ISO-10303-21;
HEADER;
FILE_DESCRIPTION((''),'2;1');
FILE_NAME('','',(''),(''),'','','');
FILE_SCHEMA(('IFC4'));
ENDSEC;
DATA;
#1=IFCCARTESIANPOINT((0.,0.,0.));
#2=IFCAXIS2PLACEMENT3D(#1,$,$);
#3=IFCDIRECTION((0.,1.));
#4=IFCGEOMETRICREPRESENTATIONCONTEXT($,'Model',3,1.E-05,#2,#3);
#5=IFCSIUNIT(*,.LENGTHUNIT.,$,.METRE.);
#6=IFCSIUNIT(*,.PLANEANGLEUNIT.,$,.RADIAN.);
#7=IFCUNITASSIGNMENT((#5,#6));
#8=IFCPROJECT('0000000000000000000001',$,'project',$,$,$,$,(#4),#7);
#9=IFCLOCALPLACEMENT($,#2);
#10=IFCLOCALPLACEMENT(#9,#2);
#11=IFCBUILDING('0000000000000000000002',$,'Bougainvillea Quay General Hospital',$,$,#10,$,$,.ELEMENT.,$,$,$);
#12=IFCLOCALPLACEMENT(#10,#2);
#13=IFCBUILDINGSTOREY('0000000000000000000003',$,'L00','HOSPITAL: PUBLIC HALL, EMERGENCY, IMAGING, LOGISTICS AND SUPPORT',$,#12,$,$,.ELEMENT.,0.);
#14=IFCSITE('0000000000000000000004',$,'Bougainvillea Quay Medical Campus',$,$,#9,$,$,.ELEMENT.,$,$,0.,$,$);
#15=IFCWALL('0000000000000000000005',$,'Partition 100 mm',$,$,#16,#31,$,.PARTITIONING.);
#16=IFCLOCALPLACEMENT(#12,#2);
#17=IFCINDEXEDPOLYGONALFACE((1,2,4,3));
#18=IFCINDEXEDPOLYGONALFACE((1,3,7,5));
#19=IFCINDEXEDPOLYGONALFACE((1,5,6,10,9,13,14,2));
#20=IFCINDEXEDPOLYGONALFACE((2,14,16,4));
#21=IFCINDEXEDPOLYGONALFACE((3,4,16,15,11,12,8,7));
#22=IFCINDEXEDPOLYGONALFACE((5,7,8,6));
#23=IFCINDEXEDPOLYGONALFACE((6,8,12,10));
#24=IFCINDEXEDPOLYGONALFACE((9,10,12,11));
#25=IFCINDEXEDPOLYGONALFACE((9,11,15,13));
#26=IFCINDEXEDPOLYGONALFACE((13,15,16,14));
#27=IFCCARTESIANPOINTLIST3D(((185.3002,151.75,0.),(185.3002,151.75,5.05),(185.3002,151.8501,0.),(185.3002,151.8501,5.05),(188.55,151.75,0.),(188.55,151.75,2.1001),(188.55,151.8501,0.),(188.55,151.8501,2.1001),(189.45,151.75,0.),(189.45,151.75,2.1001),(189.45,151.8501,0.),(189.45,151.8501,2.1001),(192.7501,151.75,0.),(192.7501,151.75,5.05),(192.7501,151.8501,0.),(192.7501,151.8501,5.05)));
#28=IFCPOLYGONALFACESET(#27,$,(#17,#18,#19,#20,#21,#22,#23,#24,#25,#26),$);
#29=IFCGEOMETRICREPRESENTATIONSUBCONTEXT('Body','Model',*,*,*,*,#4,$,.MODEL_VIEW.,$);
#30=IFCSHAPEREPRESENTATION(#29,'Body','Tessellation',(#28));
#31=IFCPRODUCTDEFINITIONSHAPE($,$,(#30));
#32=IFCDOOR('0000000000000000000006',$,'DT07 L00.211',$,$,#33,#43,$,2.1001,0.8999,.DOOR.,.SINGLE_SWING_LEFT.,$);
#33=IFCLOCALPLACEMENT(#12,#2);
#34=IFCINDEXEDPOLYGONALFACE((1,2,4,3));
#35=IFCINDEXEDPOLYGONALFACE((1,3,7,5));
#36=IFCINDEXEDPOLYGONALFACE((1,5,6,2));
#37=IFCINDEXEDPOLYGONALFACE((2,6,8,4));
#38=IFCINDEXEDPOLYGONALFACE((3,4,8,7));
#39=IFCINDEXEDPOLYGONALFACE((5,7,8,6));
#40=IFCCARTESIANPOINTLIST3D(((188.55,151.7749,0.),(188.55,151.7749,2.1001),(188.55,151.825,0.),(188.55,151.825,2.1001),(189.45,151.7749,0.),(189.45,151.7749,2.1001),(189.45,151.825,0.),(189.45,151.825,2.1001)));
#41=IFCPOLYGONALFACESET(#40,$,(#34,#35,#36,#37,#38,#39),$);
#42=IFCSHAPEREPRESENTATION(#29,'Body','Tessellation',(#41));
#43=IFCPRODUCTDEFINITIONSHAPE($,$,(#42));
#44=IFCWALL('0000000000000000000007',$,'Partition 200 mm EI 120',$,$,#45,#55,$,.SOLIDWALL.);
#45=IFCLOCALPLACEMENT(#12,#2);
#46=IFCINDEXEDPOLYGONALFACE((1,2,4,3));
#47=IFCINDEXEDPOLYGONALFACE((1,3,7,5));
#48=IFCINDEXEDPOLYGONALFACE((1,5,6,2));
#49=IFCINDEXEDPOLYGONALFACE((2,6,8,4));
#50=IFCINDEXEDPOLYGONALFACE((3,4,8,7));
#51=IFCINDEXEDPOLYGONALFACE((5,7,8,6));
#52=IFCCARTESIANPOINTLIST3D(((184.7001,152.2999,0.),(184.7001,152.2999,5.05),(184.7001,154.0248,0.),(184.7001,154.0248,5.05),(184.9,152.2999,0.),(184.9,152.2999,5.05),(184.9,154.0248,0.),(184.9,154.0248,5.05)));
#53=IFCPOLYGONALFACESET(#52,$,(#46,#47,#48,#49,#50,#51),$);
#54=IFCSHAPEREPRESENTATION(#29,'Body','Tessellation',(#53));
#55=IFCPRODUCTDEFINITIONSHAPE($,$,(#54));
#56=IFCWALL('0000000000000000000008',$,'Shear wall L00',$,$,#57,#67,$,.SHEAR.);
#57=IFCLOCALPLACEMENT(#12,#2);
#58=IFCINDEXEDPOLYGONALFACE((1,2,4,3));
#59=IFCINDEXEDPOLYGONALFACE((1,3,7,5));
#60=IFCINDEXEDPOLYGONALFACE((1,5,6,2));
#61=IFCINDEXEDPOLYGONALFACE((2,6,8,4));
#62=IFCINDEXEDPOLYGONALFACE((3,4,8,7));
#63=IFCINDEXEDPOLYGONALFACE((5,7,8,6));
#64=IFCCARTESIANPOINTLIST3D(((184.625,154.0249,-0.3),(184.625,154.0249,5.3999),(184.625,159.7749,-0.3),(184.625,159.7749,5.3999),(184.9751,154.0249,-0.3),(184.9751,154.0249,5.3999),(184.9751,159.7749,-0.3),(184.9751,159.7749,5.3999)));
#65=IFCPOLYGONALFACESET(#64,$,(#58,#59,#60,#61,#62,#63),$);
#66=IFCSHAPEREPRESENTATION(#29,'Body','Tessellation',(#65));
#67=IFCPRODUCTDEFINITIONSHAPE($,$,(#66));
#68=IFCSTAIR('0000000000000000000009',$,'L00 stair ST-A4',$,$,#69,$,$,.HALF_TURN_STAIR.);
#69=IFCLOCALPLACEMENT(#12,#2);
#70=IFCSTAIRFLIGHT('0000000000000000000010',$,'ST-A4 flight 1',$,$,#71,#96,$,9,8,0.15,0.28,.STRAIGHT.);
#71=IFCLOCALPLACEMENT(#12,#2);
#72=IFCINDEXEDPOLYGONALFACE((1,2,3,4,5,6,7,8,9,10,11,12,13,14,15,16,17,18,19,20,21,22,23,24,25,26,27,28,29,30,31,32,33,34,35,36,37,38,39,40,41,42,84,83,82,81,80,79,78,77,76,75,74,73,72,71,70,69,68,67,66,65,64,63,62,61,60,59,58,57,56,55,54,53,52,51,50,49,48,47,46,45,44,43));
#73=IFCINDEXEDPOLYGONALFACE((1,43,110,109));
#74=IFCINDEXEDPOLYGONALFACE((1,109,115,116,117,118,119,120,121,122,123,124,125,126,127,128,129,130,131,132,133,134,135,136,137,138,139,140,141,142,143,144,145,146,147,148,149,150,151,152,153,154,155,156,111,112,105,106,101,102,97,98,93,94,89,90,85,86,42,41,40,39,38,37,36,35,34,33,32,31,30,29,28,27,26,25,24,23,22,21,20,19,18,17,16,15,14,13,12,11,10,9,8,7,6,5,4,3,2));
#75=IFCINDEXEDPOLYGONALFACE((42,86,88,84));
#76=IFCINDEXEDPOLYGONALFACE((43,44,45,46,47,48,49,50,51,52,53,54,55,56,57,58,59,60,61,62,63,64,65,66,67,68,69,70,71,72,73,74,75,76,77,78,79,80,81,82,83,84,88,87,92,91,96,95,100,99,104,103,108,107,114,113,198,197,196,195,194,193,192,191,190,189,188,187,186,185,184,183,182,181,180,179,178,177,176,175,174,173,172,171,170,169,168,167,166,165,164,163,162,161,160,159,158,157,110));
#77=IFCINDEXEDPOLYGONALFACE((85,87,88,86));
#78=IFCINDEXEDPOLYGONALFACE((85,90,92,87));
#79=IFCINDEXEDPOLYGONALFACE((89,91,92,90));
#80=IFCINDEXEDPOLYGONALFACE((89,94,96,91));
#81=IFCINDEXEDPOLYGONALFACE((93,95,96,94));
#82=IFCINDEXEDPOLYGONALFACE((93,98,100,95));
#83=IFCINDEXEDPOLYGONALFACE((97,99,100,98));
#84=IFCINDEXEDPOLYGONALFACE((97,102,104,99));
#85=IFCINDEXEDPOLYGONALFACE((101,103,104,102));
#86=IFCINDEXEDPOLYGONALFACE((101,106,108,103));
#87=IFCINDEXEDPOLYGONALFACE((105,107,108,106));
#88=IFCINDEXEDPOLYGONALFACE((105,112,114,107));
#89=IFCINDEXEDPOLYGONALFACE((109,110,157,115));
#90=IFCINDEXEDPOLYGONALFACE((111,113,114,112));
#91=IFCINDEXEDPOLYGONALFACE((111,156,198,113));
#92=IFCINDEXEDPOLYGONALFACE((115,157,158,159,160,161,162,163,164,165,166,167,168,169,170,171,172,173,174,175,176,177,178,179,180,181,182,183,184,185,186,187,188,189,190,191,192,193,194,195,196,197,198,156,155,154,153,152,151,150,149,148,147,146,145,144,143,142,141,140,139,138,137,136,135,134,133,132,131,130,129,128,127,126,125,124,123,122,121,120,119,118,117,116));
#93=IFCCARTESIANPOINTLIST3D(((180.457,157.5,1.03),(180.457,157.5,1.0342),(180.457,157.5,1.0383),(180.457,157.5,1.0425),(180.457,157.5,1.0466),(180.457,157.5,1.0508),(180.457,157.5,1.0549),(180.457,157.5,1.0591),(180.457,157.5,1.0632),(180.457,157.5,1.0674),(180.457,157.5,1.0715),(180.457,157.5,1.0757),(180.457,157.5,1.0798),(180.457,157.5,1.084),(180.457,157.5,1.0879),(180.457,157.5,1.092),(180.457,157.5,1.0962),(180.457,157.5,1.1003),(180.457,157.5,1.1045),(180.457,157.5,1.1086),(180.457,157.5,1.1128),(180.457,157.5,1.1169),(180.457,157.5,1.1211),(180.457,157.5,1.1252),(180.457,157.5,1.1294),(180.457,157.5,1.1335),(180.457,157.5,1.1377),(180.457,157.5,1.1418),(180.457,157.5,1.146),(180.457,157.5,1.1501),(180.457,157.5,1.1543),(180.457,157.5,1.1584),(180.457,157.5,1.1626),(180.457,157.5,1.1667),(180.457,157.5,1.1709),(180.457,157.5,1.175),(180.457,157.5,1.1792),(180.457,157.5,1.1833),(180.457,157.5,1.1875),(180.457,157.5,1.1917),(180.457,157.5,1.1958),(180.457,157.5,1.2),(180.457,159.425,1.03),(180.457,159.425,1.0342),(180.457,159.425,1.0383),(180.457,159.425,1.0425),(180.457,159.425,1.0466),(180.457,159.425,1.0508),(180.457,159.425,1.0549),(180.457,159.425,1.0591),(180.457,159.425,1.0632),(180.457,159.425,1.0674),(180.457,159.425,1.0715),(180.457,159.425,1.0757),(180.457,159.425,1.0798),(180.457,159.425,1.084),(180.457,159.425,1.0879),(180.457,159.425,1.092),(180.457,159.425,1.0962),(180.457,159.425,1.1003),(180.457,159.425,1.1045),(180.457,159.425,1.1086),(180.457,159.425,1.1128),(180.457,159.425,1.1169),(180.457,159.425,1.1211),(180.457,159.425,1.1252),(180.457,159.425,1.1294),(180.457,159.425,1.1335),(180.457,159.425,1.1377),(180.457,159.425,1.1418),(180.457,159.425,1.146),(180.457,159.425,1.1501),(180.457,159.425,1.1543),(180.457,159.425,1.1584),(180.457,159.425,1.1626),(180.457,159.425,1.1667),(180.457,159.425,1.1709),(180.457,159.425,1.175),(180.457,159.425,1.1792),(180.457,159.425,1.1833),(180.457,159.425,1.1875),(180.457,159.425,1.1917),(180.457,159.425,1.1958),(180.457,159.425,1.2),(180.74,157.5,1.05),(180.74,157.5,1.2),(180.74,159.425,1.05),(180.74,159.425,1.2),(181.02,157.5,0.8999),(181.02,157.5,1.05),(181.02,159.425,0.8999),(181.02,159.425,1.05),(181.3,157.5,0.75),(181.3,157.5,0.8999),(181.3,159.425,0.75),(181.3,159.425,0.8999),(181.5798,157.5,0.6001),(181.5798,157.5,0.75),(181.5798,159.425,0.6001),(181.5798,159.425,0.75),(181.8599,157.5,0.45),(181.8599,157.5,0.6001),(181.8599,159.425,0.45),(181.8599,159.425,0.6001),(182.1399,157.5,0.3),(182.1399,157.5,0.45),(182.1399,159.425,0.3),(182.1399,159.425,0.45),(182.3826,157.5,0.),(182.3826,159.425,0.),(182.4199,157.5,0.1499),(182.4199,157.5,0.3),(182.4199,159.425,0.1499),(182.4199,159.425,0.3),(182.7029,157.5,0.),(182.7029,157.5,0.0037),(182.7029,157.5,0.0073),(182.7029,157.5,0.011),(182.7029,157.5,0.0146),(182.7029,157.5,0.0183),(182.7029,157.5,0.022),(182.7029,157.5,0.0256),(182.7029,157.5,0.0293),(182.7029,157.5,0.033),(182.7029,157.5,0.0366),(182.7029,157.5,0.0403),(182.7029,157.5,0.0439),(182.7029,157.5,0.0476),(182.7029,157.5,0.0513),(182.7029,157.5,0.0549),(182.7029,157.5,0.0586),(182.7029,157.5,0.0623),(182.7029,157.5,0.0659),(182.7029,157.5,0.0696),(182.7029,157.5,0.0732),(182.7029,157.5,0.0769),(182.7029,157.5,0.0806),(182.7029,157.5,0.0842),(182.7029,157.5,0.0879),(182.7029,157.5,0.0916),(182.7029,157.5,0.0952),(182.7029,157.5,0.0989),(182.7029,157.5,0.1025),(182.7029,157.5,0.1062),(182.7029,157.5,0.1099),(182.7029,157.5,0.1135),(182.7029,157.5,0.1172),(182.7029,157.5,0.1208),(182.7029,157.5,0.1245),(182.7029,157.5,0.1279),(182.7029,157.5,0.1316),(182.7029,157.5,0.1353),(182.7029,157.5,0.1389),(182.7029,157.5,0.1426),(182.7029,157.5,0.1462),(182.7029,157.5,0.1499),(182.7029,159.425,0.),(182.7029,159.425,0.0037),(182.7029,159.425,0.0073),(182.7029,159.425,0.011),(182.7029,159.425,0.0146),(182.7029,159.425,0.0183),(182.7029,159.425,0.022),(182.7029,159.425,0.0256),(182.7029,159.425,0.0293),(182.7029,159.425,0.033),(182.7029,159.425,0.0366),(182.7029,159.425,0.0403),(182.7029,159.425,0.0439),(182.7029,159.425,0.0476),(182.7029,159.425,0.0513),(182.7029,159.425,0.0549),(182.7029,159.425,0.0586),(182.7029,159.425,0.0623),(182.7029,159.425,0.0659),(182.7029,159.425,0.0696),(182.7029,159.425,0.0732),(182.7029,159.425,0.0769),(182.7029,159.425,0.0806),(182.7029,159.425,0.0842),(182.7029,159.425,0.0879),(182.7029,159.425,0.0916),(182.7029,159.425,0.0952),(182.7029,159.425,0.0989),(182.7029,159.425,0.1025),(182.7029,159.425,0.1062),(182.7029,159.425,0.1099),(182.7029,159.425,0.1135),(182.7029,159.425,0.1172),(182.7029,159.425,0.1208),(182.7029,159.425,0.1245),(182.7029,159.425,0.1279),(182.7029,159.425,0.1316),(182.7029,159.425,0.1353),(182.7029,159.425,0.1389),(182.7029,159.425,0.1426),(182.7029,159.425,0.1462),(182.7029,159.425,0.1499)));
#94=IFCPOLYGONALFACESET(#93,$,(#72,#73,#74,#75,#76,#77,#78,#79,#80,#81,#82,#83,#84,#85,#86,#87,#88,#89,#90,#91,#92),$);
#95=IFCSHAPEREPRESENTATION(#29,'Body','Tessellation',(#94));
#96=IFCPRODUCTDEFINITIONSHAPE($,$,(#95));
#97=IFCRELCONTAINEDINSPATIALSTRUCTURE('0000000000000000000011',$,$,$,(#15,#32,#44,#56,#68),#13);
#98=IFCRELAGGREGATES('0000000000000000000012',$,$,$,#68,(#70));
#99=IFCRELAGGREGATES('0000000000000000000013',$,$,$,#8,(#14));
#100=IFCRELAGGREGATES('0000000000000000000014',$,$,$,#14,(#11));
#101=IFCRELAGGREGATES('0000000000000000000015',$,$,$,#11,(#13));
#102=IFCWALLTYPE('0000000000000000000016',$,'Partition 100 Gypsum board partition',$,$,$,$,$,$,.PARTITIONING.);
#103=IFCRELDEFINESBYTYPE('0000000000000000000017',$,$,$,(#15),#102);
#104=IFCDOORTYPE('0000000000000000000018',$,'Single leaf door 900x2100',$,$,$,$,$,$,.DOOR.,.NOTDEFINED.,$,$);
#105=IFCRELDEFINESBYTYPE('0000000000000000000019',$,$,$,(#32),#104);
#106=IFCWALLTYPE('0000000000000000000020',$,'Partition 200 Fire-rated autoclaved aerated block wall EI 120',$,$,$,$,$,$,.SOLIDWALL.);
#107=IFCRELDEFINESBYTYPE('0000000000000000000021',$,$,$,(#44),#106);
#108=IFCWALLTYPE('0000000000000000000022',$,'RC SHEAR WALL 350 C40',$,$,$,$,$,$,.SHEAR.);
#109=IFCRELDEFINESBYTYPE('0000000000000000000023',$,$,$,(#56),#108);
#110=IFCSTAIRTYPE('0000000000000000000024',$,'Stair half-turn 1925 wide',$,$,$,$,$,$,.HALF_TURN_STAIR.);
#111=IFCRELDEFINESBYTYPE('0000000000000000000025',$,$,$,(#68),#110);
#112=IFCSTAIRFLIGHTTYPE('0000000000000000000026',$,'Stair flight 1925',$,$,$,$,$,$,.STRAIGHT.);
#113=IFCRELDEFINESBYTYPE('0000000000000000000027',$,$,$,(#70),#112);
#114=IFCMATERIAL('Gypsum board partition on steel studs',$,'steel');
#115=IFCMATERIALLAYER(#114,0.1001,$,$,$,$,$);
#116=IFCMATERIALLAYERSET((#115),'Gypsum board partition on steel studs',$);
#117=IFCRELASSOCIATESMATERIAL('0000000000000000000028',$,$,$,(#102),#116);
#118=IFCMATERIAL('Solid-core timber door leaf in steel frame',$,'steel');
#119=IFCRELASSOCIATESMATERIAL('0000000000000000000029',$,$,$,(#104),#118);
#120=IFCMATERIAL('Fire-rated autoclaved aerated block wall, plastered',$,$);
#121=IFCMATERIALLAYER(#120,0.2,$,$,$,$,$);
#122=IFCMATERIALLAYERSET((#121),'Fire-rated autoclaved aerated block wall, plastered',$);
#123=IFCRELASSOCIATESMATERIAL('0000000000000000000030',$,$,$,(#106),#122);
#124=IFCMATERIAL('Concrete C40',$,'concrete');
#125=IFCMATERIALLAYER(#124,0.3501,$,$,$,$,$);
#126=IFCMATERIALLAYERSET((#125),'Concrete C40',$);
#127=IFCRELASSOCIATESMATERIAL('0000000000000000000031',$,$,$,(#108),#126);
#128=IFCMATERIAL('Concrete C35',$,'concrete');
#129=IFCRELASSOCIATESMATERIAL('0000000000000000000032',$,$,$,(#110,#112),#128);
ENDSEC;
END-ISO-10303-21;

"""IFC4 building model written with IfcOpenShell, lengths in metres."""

from ifc_helpers import new_model, si_unit, direction, frame, frame_2d, origin, place, context, subcontext, project, spatial, polyline, rectangle, outline, extrude, material, layer, layer_set, type_object, element, fill, aggregate, save


model = new_model("IFC4")

# Units and contexts
model_context = context("Model", 3, precision=1e-05, world=origin(), true_north=direction((0.0, 1.0)))
body_context = subcontext(model_context, "Body", "Model", "MODEL_VIEW")
ifc_project = project(units=[si_unit("LENGTHUNIT", "METRE"), si_unit("PLANEANGLEUNIT", "RADIAN")], contexts=[model_context])

# Site, building, storey
site_placement = place(None, origin())
site = spatial("IfcSite", under=ifc_project, at=site_placement, Name="Bougainvillea Quay Medical Campus", CompositionType="ELEMENT", RefElevation=0.0)
building_placement = place(site_placement, origin())
building = spatial("IfcBuilding", under=site, at=building_placement, Name="Bougainvillea Quay General Hospital", CompositionType="ELEMENT")
storey_placement = place(building_placement, origin())
storey = spatial("IfcBuildingStorey", under=building, at=storey_placement, Name="L00", Description="HOSPITAL: PUBLIC HALL, EMERGENCY, IMAGING, LOGISTICS AND SUPPORT", CompositionType="ELEMENT", Elevation=0.0)

# Shared definitions
ifc_material_1 = material(Name="Concrete C40", Category="concrete")

# Wall, opening, door
ifc_material_2 = material(Name="Gypsum board partition on steel studs", Category="steel")
ifc_layer_1 = layer(ifc_material_2, 0.1001)
ifc_layer_set_1 = layer_set([ifc_layer_1], Name="Gypsum board partition on steel studs")
wall_type_1 = type_object("IfcWallType", Name="Partition 100 Gypsum board partition", PredefinedType="PARTITIONING", material=ifc_layer_set_1)
wall_1_placement = place(storey_placement, frame((185.3, 151.8, 0.0), z_axis=(0.0, 0.0, 1.0), x_axis=(1.0, 0.0, 0.0)))
wall_1 = element("IfcWall", 1, at=wall_1_placement, inside=storey, type_object=wall_type_1, Name="Partition 100 mm", PredefinedType="PARTITIONING", context=body_context, shape_type="SweptSolid", body=[
    extrude(rectangle(XDim=7.45, YDim=0.1001, at=frame_2d((3.7251, 0.0))), origin(), (0.0, 0.0, 1.0), 5.05),
])
opening_1_placement = place(wall_1_placement, frame((3.25, 0.0, 0.0)))
opening_1 = element("IfcOpeningElement", 2, at=opening_1_placement, cuts=wall_1, PredefinedType="OPENING", context=body_context, shape_type="SweptSolid", body=[
    extrude(rectangle(XDim=0.8999, YDim=2.1001, at=frame_2d((0.45, 1.05))), frame((0.0, 0.0601, 0.0), z_axis=(0.0, -1.0, 0.0), x_axis=(1.0, 0.0, 0.0)), (0.0, 0.0, 1.0), 0.1201),
])
ifc_material_3 = material(Name="Solid-core timber door leaf in steel frame", Category="steel")
door_type_1 = type_object("IfcDoorType", Name="Single leaf door 900x2100", OperationType="NOTDEFINED", PredefinedType="DOOR", material=ifc_material_3)
door_1_placement = place(opening_1_placement, origin())
door_1 = element("IfcDoor", 3, at=door_1_placement, inside=storey, type_object=door_type_1, Name="DT07 L00.211", OperationType="SINGLE_SWING_LEFT", OverallHeight=2.1001, OverallWidth=0.8999, PredefinedType="DOOR", context=body_context, shape_type="SweptSolid", body=[
    extrude(rectangle(XDim=0.8999, YDim=2.1001, at=frame_2d((0.45, 1.05))), frame((0.0, 0.0249, 0.0), z_axis=(0.0, -1.0, 0.0), x_axis=(1.0, 0.0, 0.0)), (0.0, 0.0, 1.0), 0.05),
])
fill(opening_1, door_1)

# Walls
ifc_material_4 = material(Name="Fire-rated autoclaved aerated block wall, plastered")
ifc_layer_2 = layer(ifc_material_4, 0.2)
ifc_layer_set_2 = layer_set([ifc_layer_2], Name="Fire-rated autoclaved aerated block wall, plastered")
wall_type_2 = type_object("IfcWallType", Name="Partition 200 Fire-rated autoclaved aerated block wall EI 120", PredefinedType="SOLIDWALL", material=ifc_layer_set_2)
wall_2_placement = place(storey_placement, frame((184.8, 152.3, 0.0), z_axis=(0.0, 0.0, 1.0), x_axis=(0.0, 1.0, 0.0)))
element("IfcWall", 4, at=wall_2_placement, inside=storey, type_object=wall_type_2, Name="Partition 200 mm EI 120", PredefinedType="SOLIDWALL", context=body_context, shape_type="SweptSolid", body=[
    extrude(rectangle(XDim=1.7249, YDim=0.2, at=frame_2d((0.8623, 0.0))), origin(), (0.0, 0.0, 1.0), 5.05),
])
ifc_layer_3 = layer(ifc_material_1, 0.3501)
ifc_layer_set_3 = layer_set([ifc_layer_3], Name="Concrete C40")
wall_type_3 = type_object("IfcWallType", Name="RC SHEAR WALL 350 C40", PredefinedType="SHEAR", material=ifc_layer_set_3)
wall_3_placement = place(storey_placement, frame((184.8, 154.0249, -0.3), z_axis=(0.0, 0.0, 1.0), x_axis=(0.0, 1.0, 0.0)))
element("IfcWall", 5, at=wall_3_placement, inside=storey, type_object=wall_type_3, Name="Shear wall L00", PredefinedType="SHEAR", context=body_context, shape_type="SweptSolid", body=[
    extrude(rectangle(XDim=5.75, YDim=0.3501, at=frame_2d((2.875, 0.0))), origin(), (0.0, 0.0, 1.0), 5.7),
])

# Stair, stair flight
ifc_material_5 = material(Name="Concrete C35", Category="concrete")
stair_type = type_object("IfcStairType", Name="Stair half-turn 1925 wide", PredefinedType="HALF_TURN_STAIR", material=ifc_material_5)
stair_placement = place(storey_placement, origin())
stair = element("IfcStair", 6, at=stair_placement, inside=storey, type_object=stair_type, Name="L00 stair ST-A4", PredefinedType="HALF_TURN_STAIR")
stair_flight_type = type_object("IfcStairFlightType", Name="Stair flight 1925", PredefinedType="STRAIGHT", material=ifc_material_5)
stair_flight_1_placement = place(storey_placement, frame((182.7, 158.4624, 0.0), z_axis=(0.0, 0.0, 1.0), x_axis=(-1.0, 0.0, 0.0)))
stair_flight_1 = element("IfcStairFlight", 7, at=stair_flight_1_placement, type_object=stair_flight_type, Name="ST-A4 flight 1", NumberOfRisers=9, NumberOfTreads=8, PredefinedType="STRAIGHT", RiserHeight=0.15, TreadLength=0.28, context=body_context, shape_type="SweptSolid", body=[
    extrude(outline(polyline([(-0.0029, 0.0), (-0.0029, 0.0037), (-0.0029, 0.0073), (-0.0029, 0.011), (-0.0029, 0.0146), (-0.0029, 0.0183), (-0.0029, 0.022), (-0.0029, 0.0256), (-0.0029, 0.0293), (-0.0029, 0.033), (-0.0029, 0.0366), (-0.0029, 0.0403), (-0.0029, 0.0439), (-0.0029, 0.0476), (-0.0029, 0.0513), (-0.0029, 0.0549), (-0.0029, 0.0586), (-0.0029, 0.0623), (-0.0029, 0.0659), (-0.0029, 0.0696), (-0.0029, 0.0732), (-0.0029, 0.0769), (-0.0029, 0.0806), (-0.0029, 0.0842), (-0.0029, 0.0879), (-0.0029, 0.0916), (-0.0029, 0.0952), (-0.0029, 0.0989), (-0.0029, 0.1025), (-0.0029, 0.1062), (-0.0029, 0.1099), (-0.0029, 0.1135), (-0.0029, 0.1172), (-0.0029, 0.1208), (-0.0029, 0.1245), (-0.0029, 0.1279), (-0.0029, 0.1316), (-0.0029, 0.1353), (-0.0029, 0.1389), (-0.0029, 0.1426), (-0.0029, 0.1462), (-0.0029, 0.1499), (0.28, 0.1499), (0.28, 0.3), (0.5601, 0.3), (0.5601, 0.45), (0.8401, 0.45), (0.8401, 0.6001), (1.1201, 0.6001), (1.1201, 0.75), (1.3999, 0.75), (1.3999, 0.8999), (1.6799, 0.8999), (1.6799, 1.05), (1.96, 1.05), (1.96, 1.2), (2.2429, 1.2), (2.2429, 1.1958), (2.2429, 1.1917), (2.2429, 1.1875), (2.2429, 1.1833), (2.2429, 1.1792), (2.2429, 1.175), (2.2429, 1.1709), (2.2429, 1.1667), (2.2429, 1.1626), (2.2429, 1.1584), (2.2429, 1.1543), (2.2429, 1.1501), (2.2429, 1.146), (2.2429, 1.1418), (2.2429, 1.1377), (2.2429, 1.1335), (2.2429, 1.1294), (2.2429, 1.1252), (2.2429, 1.1211), (2.2429, 1.1169), (2.2429, 1.1128), (2.2429, 1.1086), (2.2429, 1.1045), (2.2429, 1.1003), (2.2429, 1.0962), (2.2429, 1.092), (2.2429, 1.0879), (2.2429, 1.084), (2.2429, 1.0798), (2.2429, 1.0757), (2.2429, 1.0715), (2.2429, 1.0674), (2.2429, 1.0632), (2.2429, 1.0591), (2.2429, 1.0549), (2.2429, 1.0508), (2.2429, 1.0466), (2.2429, 1.0425), (2.2429, 1.0383), (2.2429, 1.0342), (2.2429, 1.03), (0.3174, 0.0), (-0.0029, 0.0)])), frame((0.0, 0.9624, 0.0), z_axis=(0.0, -1.0, 0.0), x_axis=(1.0, 0.0, 0.0)), (0.0, 0.0, 1.0), 1.925),
])
aggregate(stair, [stair_flight_1])

save(model, "model.ifc")
